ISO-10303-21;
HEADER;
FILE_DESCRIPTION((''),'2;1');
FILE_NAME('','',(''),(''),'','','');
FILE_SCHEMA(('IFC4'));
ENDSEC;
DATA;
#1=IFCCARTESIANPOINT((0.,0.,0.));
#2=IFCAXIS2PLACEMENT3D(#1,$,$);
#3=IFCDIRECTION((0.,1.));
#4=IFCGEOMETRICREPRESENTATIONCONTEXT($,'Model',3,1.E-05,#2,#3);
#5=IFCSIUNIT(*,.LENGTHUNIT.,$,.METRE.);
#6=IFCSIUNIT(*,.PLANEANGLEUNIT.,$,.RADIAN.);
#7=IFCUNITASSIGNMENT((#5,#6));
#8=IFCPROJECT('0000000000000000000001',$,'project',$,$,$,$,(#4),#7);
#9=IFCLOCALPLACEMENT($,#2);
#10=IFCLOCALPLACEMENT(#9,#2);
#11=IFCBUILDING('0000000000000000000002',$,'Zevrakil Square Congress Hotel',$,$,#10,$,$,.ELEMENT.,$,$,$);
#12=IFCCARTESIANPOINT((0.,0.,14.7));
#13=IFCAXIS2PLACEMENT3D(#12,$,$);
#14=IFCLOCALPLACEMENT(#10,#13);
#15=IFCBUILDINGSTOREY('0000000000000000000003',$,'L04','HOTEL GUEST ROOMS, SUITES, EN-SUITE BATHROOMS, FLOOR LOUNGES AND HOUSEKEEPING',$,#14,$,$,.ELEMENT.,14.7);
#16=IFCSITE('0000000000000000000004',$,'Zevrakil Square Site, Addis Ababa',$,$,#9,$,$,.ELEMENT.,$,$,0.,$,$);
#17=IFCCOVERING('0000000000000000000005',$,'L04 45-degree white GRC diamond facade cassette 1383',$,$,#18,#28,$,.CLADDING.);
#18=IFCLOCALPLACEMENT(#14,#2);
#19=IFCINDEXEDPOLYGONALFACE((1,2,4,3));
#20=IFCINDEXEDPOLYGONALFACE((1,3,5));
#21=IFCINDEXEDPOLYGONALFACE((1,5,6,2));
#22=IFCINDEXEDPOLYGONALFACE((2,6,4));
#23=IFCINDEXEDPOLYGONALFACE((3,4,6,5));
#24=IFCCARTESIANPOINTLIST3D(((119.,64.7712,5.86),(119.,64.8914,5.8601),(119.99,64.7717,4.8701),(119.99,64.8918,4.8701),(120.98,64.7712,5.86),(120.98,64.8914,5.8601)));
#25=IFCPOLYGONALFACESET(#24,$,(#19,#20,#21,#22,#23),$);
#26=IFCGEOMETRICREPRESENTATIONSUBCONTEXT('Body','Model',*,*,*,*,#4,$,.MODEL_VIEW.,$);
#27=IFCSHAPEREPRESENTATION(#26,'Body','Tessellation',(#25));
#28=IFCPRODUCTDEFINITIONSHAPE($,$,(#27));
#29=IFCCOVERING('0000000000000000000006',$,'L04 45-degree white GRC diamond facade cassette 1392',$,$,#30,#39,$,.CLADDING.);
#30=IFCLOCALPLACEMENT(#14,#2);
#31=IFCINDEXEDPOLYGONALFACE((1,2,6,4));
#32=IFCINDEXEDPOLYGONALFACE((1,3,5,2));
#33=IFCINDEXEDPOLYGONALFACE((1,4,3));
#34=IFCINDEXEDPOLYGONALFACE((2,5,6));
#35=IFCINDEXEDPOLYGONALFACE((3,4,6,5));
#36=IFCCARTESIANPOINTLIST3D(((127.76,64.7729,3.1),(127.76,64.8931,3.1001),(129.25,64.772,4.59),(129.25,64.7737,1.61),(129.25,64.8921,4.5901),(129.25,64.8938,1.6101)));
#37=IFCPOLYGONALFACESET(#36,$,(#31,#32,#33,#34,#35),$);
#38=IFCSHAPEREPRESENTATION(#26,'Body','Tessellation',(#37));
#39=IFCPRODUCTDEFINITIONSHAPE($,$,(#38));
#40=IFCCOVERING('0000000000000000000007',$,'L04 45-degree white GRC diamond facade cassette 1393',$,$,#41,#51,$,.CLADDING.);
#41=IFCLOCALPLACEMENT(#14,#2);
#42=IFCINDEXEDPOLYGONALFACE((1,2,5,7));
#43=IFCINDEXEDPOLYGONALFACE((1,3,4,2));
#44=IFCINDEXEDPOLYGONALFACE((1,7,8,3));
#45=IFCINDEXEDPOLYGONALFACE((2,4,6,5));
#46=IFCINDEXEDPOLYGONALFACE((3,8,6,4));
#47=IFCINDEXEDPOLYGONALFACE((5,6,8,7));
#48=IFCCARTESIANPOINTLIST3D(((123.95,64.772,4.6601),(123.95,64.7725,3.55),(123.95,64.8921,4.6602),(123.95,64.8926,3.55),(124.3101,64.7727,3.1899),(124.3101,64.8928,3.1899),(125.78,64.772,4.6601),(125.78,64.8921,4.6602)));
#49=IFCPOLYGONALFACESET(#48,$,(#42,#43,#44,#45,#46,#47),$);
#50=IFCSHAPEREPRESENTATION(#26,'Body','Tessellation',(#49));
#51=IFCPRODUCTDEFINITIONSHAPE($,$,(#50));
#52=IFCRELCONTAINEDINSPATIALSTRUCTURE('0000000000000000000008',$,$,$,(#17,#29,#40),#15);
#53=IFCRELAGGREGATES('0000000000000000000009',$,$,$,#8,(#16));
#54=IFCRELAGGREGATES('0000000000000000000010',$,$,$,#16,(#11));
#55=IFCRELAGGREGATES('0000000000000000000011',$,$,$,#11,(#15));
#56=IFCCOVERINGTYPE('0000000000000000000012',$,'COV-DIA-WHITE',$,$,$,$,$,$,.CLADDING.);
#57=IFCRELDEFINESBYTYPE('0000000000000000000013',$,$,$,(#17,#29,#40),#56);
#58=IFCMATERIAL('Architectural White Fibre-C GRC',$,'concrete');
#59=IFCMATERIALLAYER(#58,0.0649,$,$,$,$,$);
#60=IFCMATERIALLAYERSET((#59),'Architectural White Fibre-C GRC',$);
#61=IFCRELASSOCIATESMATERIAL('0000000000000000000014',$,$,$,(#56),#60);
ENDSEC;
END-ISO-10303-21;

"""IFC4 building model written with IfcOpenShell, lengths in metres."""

from ifc_helpers import new_model, si_unit, direction, frame, origin, place, context, subcontext, project, spatial, polyline, outline, extrude, material, layer, layer_set, type_object, element, save


model = new_model("IFC4")

# Units and contexts
model_context = context("Model", 3, precision=1e-05, world=origin(), true_north=direction((0.0, 1.0)))
body_context = subcontext(model_context, "Body", "Model", "MODEL_VIEW")
ifc_project = project(units=[si_unit("LENGTHUNIT", "METRE"), si_unit("PLANEANGLEUNIT", "RADIAN")], contexts=[model_context])

# Site, building, storey
site_placement = place(None, origin())
site = spatial("IfcSite", under=ifc_project, at=site_placement, Name="Zevrakil Square Site, Addis Ababa", CompositionType="ELEMENT", RefElevation=0.0)
building_placement = place(site_placement, origin())
building = spatial("IfcBuilding", under=site, at=building_placement, Name="Zevrakil Square Congress Hotel", CompositionType="ELEMENT")
storey_placement = place(building_placement, frame((0.0, 0.0, 14.7)))
storey = spatial("IfcBuildingStorey", under=building, at=storey_placement, Name="L04", Description="HOTEL GUEST ROOMS, SUITES, EN-SUITE BATHROOMS, FLOOR LOUNGES AND HOUSEKEEPING", CompositionType="ELEMENT", Elevation=14.7)

# Coverings
ifc_material_1 = material(Name="Architectural White Fibre-C GRC", Category="concrete")
ifc_layer_1 = layer(ifc_material_1, 0.0649)
ifc_layer_set_1 = layer_set([ifc_layer_1], Name="Architectural White Fibre-C GRC")
covering_type = type_object("IfcCoveringType", Name="COV-DIA-WHITE", PredefinedType="CLADDING", material=ifc_layer_set_1)
covering_1_placement = place(storey_placement, frame((119.99, 64.8918, 4.8701), z_axis=(0.0, 1.0, 0.000493), x_axis=(0.707107, -0.000349, 0.707107)))
element("IfcCovering", 1, at=covering_1_placement, inside=storey, type_object=covering_type, Name="L04 45-degree white GRC diamond facade cassette 1383", PredefinedType="CLADDING", context=body_context, shape_type="SweptSolid", body=[
    extrude(outline(polyline([(0.0, 0.0), (1.4001, 0.0), (0.0, -1.4001), (0.0, 0.0)])), origin(), (0.0, 0.0, -1.0), 0.1201),
])
covering_2_placement = place(storey_placement, frame((127.76, 64.8931, 3.1001), z_axis=(0.000082, 1.0, 0.000573), x_axis=(0.707107, 0.000348, -0.707107)))
element("IfcCovering", 2, at=covering_2_placement, inside=storey, type_object=covering_type, Name="L04 45-degree white GRC diamond facade cassette 1392", PredefinedType="CLADDING", context=body_context, shape_type="SweptSolid", body=[
    extrude(outline(polyline([(0.0, 0.0), (2.1072, 0.0), (0.0, -2.1072), (0.0, 0.0)])), origin(), (0.0, 0.0, -1.0), 0.1201),
])
covering_3_placement = place(storey_placement, frame((124.3101, 64.8928, 3.1899), z_axis=(-0.000031, 1.0, 0.000491), x_axis=(0.707048, -0.000325, 0.707165)))
element("IfcCovering", 3, at=covering_3_placement, inside=storey, type_object=covering_type, Name="L04 45-degree white GRC diamond facade cassette 1393", PredefinedType="CLADDING", context=body_context, shape_type="SweptSolid", body=[
    extrude(outline(polyline([(0.0, 0.0), (2.079, 0.0), (0.7851, -1.2942), (0.0, -0.5093), (0.0, 0.0)])), origin(), (0.0, 0.0, -1.0), 0.1201),
])

save(model, "model.ifc")
